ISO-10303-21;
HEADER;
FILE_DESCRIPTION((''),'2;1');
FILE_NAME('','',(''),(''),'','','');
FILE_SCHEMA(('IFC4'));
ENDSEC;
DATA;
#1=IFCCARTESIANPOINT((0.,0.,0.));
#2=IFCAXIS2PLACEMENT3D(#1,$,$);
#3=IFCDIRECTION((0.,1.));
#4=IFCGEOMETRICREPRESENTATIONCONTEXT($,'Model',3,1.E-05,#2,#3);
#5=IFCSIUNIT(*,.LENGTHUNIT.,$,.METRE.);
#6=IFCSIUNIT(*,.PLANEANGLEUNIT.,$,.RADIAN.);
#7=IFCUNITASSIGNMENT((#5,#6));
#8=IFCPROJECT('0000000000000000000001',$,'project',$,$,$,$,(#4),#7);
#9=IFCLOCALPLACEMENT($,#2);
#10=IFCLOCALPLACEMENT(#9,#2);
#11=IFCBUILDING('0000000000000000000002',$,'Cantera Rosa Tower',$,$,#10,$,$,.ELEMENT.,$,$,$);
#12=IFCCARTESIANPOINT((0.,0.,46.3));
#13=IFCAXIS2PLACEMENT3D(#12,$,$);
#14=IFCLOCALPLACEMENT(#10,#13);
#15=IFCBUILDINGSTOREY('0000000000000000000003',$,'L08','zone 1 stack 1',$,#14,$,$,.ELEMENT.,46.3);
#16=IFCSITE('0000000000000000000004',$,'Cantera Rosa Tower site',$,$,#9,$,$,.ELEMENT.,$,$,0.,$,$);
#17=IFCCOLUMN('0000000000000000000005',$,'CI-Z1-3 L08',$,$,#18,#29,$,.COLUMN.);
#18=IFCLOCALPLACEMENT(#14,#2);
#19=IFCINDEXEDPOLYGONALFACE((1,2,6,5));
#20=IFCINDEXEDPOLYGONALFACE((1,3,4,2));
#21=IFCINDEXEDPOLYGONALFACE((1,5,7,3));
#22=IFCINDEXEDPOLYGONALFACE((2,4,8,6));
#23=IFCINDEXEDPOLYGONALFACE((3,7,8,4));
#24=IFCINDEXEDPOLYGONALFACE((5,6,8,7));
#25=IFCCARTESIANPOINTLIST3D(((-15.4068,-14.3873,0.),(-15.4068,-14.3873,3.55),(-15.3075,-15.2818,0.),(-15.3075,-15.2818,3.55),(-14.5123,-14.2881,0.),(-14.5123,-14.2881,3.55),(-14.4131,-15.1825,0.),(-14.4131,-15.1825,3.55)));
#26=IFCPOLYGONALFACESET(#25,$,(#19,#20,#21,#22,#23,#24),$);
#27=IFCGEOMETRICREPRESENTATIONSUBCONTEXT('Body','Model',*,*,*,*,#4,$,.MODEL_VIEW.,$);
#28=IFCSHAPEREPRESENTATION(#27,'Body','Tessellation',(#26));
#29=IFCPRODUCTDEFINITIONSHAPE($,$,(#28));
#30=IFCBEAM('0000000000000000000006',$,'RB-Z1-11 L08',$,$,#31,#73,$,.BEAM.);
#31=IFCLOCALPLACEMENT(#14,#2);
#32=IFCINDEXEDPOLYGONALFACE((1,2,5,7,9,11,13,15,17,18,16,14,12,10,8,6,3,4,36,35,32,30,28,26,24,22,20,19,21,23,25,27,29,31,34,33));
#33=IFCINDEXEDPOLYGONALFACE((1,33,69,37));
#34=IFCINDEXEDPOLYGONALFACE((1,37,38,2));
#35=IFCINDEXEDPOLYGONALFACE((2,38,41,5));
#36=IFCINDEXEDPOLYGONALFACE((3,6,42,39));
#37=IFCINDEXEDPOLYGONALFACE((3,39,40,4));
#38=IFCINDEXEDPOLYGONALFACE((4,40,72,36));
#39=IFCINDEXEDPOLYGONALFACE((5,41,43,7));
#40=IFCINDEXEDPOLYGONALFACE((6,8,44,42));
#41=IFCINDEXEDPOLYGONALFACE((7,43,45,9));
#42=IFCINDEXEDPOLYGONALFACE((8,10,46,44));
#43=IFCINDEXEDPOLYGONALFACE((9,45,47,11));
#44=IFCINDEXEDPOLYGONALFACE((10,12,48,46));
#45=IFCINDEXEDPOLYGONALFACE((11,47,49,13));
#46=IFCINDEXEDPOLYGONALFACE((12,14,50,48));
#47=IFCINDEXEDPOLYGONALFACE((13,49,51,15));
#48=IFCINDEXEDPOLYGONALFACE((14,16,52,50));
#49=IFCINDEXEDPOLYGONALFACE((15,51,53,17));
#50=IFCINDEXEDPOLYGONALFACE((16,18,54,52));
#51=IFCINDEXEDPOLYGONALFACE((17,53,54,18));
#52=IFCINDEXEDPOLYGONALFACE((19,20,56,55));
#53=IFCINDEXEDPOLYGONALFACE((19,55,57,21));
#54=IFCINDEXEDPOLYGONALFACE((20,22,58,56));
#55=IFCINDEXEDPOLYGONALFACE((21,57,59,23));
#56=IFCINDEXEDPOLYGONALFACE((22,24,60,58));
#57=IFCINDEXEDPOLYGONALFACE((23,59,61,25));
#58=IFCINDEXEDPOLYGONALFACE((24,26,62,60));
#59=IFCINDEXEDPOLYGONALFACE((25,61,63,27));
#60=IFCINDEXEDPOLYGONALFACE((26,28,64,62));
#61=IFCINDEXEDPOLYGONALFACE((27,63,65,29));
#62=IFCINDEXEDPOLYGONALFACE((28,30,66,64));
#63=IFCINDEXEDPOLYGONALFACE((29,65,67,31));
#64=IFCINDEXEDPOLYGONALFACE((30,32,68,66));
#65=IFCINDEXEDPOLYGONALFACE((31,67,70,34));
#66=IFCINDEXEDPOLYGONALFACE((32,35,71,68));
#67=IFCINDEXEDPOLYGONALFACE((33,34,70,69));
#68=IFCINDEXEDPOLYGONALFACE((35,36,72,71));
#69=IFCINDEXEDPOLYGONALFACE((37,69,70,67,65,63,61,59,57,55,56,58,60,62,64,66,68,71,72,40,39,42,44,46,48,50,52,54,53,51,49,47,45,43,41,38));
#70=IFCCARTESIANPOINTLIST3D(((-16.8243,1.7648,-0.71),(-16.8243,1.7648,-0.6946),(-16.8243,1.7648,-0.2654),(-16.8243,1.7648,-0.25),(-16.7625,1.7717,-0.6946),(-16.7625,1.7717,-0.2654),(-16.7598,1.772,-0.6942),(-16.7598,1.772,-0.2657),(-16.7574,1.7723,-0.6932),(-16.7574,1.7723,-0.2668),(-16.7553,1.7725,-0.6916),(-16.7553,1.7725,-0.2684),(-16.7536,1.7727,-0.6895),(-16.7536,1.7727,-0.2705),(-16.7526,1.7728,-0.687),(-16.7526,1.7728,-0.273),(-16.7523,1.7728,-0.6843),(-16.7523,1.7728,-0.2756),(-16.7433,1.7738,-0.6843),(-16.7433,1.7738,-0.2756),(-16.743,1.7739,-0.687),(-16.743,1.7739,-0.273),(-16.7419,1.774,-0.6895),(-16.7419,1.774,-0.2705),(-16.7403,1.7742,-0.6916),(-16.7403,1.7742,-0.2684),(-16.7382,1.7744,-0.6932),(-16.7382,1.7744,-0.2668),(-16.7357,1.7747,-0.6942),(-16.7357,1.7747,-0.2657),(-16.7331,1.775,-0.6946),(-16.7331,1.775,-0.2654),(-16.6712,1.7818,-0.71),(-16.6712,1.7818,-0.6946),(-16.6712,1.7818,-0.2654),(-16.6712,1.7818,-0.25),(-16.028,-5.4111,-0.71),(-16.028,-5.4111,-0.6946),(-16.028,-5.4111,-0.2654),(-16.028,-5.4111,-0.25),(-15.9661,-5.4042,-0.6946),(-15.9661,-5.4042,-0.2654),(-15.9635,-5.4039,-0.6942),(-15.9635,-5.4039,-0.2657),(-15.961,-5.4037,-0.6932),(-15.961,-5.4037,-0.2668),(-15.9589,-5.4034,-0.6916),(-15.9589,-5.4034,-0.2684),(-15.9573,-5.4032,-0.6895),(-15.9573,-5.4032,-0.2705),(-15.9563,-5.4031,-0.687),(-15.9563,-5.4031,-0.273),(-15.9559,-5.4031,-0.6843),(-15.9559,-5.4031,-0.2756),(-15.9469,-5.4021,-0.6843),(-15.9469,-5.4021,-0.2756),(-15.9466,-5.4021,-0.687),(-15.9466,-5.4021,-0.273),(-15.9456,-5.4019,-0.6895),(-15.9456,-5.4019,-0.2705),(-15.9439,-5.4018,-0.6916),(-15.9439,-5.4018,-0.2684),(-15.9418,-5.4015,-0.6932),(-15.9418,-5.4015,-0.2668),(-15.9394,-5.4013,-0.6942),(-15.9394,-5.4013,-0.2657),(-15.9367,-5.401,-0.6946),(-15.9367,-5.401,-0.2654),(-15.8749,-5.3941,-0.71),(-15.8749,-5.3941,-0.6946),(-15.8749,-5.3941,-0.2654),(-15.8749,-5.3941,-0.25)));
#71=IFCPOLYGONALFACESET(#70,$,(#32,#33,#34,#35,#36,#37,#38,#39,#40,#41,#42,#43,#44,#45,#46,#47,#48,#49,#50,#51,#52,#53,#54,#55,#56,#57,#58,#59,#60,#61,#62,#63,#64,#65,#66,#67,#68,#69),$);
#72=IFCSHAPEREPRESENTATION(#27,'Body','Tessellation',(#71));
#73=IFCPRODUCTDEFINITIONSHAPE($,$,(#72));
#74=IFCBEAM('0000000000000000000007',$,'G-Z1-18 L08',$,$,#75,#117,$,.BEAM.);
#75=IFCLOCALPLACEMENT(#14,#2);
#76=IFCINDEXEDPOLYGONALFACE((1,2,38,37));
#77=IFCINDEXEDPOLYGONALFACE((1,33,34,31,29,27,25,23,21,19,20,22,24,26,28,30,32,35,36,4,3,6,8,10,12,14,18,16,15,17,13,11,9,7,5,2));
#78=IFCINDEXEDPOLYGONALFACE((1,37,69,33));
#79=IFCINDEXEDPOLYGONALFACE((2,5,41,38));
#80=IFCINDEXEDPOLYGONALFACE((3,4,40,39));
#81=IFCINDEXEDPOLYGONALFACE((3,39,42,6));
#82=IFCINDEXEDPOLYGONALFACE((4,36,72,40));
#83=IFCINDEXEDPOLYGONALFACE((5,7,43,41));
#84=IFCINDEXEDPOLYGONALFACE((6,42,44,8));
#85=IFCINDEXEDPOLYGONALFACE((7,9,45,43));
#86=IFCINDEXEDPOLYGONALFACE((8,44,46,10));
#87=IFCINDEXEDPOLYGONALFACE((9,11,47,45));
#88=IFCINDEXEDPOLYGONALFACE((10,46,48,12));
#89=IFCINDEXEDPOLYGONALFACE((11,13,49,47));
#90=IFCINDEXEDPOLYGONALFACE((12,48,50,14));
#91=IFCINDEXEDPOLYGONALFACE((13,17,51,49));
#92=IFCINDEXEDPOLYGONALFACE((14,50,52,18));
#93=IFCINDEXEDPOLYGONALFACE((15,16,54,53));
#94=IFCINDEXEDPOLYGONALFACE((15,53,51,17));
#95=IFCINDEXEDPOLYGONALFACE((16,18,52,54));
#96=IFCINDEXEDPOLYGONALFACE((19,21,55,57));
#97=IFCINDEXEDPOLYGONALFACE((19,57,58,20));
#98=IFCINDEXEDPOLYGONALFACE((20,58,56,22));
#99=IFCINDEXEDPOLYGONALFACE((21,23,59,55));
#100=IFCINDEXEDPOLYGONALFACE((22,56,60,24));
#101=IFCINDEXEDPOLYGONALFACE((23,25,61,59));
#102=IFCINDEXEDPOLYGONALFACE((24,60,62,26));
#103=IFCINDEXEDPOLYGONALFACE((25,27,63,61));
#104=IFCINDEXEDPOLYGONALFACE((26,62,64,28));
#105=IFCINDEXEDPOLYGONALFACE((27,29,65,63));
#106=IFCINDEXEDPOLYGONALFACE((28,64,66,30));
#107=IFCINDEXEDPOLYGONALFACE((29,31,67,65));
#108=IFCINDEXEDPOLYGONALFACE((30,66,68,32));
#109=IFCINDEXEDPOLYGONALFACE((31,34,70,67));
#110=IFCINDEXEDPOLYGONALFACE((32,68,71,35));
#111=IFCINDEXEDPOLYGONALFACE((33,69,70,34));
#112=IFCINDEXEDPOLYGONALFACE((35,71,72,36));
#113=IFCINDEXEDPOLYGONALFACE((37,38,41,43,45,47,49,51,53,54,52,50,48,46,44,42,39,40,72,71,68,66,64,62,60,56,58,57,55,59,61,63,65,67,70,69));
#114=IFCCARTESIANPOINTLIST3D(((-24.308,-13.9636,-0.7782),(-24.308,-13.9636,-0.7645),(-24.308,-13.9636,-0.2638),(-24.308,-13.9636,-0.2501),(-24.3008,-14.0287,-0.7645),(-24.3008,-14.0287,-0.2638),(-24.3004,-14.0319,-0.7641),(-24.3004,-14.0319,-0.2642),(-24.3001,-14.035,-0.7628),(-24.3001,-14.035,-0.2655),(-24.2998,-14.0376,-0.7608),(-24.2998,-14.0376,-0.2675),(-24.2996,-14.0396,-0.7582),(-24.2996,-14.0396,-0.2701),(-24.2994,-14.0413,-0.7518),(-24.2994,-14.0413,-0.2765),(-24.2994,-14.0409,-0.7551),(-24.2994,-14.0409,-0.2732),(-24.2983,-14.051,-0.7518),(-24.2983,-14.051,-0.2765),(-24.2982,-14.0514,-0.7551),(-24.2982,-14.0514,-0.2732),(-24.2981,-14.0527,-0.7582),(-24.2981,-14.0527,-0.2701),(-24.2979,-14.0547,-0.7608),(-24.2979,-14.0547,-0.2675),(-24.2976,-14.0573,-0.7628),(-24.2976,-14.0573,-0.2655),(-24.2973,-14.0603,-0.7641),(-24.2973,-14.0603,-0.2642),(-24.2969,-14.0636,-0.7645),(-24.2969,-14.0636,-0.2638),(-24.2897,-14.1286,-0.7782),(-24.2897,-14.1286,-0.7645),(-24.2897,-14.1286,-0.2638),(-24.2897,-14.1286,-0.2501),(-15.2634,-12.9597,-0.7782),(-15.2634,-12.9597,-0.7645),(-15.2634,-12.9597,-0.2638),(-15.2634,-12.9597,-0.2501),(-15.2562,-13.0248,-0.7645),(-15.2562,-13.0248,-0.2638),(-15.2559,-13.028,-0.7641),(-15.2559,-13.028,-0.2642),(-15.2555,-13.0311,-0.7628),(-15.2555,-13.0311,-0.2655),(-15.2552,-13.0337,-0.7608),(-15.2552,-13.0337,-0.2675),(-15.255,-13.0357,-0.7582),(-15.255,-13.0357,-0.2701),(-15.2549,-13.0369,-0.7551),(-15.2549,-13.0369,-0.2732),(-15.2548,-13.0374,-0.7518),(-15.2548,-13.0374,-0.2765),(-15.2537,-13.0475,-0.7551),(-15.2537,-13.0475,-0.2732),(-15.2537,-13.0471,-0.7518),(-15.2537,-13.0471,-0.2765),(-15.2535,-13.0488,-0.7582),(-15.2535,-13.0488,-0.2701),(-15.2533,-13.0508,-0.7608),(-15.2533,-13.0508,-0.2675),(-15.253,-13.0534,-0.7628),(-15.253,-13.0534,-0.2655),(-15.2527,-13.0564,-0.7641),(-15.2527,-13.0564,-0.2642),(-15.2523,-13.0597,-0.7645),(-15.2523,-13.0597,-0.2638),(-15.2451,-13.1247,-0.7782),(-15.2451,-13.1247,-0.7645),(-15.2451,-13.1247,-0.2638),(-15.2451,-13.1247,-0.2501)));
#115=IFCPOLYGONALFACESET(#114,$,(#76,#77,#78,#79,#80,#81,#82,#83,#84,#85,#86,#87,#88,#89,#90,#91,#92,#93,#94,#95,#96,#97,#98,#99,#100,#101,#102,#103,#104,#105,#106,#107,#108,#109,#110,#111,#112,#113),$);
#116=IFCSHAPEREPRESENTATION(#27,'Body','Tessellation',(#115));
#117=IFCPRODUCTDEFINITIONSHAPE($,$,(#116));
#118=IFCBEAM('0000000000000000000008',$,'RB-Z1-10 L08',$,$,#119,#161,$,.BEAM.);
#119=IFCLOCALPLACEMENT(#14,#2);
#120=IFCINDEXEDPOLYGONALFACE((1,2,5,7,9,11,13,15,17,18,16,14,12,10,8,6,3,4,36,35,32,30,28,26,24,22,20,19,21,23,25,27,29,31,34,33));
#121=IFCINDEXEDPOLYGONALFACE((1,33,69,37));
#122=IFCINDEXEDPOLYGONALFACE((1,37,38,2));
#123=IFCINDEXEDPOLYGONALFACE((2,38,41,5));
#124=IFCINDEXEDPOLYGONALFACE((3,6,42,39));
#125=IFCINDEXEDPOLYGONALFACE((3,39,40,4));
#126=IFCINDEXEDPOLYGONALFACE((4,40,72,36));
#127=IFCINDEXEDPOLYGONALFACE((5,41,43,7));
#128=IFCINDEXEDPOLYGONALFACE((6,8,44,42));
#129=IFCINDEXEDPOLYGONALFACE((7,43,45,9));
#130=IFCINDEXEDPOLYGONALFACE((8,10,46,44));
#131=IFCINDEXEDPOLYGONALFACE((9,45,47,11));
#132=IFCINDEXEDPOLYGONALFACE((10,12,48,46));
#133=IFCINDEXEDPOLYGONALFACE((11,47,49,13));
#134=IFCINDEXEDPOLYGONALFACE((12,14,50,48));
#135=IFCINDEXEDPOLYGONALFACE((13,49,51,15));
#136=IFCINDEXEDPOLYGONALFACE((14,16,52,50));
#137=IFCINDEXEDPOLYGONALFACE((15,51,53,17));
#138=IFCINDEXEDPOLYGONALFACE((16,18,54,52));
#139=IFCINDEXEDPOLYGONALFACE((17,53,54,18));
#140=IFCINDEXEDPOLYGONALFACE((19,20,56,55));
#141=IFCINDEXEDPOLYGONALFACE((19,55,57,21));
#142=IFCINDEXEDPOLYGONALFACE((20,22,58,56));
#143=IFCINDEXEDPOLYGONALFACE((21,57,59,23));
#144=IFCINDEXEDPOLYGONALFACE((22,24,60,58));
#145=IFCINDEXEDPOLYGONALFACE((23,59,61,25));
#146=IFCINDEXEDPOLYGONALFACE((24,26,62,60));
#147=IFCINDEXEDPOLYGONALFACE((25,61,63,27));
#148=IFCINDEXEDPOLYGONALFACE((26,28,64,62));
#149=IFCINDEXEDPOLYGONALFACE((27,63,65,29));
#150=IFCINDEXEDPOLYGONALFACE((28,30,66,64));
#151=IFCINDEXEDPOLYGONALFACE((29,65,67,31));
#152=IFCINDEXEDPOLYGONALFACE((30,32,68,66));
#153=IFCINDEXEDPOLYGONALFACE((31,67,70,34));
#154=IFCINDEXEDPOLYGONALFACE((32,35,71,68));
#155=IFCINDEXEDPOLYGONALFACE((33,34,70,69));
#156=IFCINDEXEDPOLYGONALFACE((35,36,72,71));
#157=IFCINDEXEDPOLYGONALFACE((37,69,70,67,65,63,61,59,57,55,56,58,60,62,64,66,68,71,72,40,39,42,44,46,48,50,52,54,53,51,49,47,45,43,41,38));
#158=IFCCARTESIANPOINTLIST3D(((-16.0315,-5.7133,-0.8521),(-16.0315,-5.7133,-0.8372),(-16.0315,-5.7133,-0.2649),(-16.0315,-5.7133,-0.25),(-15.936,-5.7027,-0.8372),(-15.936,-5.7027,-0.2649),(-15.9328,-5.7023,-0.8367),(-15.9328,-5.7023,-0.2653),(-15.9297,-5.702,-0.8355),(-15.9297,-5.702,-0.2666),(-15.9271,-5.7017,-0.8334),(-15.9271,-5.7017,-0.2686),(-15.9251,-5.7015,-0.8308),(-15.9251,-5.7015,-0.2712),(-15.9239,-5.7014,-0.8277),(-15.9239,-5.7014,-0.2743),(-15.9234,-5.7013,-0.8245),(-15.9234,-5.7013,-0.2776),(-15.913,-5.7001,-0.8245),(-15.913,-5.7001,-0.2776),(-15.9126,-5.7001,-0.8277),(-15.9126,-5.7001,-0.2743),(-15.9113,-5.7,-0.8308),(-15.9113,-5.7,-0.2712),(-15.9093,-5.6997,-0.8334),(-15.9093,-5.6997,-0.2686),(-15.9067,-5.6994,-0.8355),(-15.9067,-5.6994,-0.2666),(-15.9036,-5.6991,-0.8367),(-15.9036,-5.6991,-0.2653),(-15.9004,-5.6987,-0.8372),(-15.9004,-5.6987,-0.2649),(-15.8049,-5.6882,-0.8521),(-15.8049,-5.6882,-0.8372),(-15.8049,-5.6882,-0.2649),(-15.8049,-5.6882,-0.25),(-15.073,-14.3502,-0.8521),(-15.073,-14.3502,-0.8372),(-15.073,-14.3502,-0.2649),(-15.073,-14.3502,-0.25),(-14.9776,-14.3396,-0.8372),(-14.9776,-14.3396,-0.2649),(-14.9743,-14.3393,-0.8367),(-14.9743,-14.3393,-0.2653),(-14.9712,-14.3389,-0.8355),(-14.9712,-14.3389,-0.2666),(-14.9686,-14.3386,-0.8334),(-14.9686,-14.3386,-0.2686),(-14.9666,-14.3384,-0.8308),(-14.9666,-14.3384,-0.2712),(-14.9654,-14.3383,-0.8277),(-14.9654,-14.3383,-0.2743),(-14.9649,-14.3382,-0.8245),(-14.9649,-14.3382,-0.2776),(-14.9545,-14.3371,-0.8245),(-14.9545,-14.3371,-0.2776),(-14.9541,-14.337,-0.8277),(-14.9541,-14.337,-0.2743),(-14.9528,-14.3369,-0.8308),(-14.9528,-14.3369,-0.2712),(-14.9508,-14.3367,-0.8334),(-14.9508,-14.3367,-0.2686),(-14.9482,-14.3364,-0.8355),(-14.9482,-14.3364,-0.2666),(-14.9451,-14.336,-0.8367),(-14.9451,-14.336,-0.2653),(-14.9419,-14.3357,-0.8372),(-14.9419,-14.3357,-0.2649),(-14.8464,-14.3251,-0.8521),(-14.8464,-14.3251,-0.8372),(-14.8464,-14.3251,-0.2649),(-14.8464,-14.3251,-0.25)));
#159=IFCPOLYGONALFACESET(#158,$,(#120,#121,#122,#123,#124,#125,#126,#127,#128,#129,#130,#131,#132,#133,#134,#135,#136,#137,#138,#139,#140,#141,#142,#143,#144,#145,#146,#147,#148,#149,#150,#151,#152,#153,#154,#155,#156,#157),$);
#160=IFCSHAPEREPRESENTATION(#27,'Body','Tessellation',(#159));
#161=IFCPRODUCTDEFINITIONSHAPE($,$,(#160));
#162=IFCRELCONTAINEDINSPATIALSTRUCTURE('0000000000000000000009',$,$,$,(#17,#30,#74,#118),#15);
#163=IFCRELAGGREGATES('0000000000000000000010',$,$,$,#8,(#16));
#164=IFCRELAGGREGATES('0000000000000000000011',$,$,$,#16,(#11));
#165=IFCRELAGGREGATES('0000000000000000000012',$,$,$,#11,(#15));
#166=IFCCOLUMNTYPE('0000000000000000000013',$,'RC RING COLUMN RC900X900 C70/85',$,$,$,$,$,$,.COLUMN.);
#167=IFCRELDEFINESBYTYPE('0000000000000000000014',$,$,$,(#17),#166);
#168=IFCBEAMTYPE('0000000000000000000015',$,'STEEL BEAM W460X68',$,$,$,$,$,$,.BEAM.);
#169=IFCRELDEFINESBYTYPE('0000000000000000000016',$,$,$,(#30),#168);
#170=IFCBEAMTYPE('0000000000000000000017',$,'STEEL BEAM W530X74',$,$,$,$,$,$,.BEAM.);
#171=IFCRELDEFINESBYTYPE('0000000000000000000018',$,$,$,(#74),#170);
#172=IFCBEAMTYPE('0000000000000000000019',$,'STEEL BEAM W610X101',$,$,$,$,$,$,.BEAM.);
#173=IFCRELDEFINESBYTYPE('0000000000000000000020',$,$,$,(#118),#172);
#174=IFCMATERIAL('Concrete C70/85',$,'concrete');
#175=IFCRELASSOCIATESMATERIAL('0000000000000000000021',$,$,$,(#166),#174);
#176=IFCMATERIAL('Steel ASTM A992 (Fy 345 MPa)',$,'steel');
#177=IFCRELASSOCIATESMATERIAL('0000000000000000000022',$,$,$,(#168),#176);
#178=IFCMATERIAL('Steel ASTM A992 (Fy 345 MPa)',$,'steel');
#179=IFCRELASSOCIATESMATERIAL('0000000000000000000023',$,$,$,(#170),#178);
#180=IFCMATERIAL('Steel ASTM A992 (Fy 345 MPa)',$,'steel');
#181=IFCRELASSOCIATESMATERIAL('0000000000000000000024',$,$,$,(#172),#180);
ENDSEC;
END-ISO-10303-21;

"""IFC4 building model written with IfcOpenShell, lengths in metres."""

from ifc_helpers import new_model, si_unit, direction, frame, origin, origin_2d, place, context, subcontext, project, spatial, rectangle, i_section, extrude, material, material_profile, profile_set, type_object, element, save


model = new_model("IFC4")

# Units and contexts
model_context = context("Model", 3, precision=1e-05, world=origin(), true_north=direction((0.0, 1.0)))
body_context = subcontext(model_context, "Body", "Model", "MODEL_VIEW")
ifc_project = project(units=[si_unit("LENGTHUNIT", "METRE"), si_unit("PLANEANGLEUNIT", "RADIAN")], contexts=[model_context])

# Site, building, storey
site_placement = place(None, origin())
site = spatial("IfcSite", under=ifc_project, at=site_placement, Name="Cantera Rosa Tower site", CompositionType="ELEMENT", RefElevation=0.0)
building_placement = place(site_placement, origin())
building = spatial("IfcBuilding", under=site, at=building_placement, Name="Cantera Rosa Tower", CompositionType="ELEMENT")
storey_placement = place(building_placement, frame((0.0, 0.0, 46.3)))
storey = spatial("IfcBuildingStorey", under=building, at=storey_placement, Name="L08", Description="zone 1 stack 1", CompositionType="ELEMENT", Elevation=46.3)

# Column
ifc_material_1 = material(Name="Concrete C70/85", Category="concrete")
ifc_material_profile_1 = material_profile(ifc_material_1, rectangle(XDim=0.8999, YDim=0.8999, at=origin_2d()), Name="RC RING COLUMN RC900X900 C70/85")
ifc_profile_set_1 = profile_set([ifc_material_profile_1], Name="Concrete C70/85")
column_type = type_object("IfcColumnType", Name="RC RING COLUMN RC900X900 C70/85", PredefinedType="COLUMN", material=ifc_profile_set_1)
column_placement = place(storey_placement, frame((-14.9099, -14.7849, 0.0), z_axis=(0.0, 0.0, 1.0), x_axis=(0.993897, 0.110313, 0.0)))
element("IfcColumn", 1, at=column_placement, inside=storey, type_object=column_type, Name="CI-Z1-3 L08", PredefinedType="COLUMN", context=body_context, shape_type="SweptSolid", body=[
    extrude(rectangle(XDim=0.8999, YDim=0.8999, at=origin_2d()), origin(), (0.0, 0.0, 1.0), 3.55),
])

# Beams
ifc_material_2 = material(Name="Steel ASTM A992 (Fy 345 MPa)", Category="steel")
ifc_material_profile_2 = material_profile(ifc_material_2, i_section(OverallWidth=0.1541, OverallDepth=0.46, WebThickness=0.009, FlangeThickness=0.0154, FilletRadius=0.0103, at=origin_2d()), Name="W460X68")
ifc_profile_set_2 = profile_set([ifc_material_profile_2], Name="Steel ASTM A992 (Fy 345 MPa)")
beam_type_1 = type_object("IfcBeamType", Name="STEEL BEAM W460X68", PredefinedType="BEAM", material=ifc_profile_set_2)
beam_1_placement = place(storey_placement, frame((-15.9514, -5.4026, -0.48), z_axis=(-0.110302, 0.993898, 0.0), x_axis=(-0.993898, -0.110302, 0.0)))
element("IfcBeam", 2, at=beam_1_placement, inside=storey, type_object=beam_type_1, Name="RB-Z1-11 L08", PredefinedType="BEAM", context=body_context, shape_type="SweptSolid", body=[
    extrude(i_section(OverallWidth=0.1541, OverallDepth=0.46, WebThickness=0.009, FlangeThickness=0.0154, FilletRadius=0.0103, at=origin_2d()), origin(), (0.0, 0.0, 1.0), 7.22),
])
ifc_material_3 = material(Name="Steel ASTM A992 (Fy 345 MPa)", Category="steel")
ifc_material_profile_3 = material_profile(ifc_material_3, i_section(OverallWidth=0.166, OverallDepth=0.5281, WebThickness=0.0098, FlangeThickness=0.0137, FilletRadius=0.0127, at=origin_2d()), Name="W530X74")
ifc_profile_set_3 = profile_set([ifc_material_profile_3], Name="Steel ASTM A992 (Fy 345 MPa)")
beam_type_2 = type_object("IfcBeamType", Name="STEEL BEAM W530X74", PredefinedType="BEAM", material=ifc_profile_set_3)
beam_2_placement = place(storey_placement, frame((-24.2988, -14.0461, -0.5142), z_axis=(0.993896, 0.11032, 0.0), x_axis=(-0.11032, 0.993896, 0.0)))
element("IfcBeam", 3, at=beam_2_placement, inside=storey, type_object=beam_type_2, Name="G-Z1-18 L08", PredefinedType="BEAM", context=body_context, shape_type="SweptSolid", body=[
    extrude(i_section(OverallWidth=0.166, OverallDepth=0.5281, WebThickness=0.0098, FlangeThickness=0.0137, FilletRadius=0.0127, at=origin_2d()), origin(), (0.0, 0.0, 1.0), 9.1001),
])
ifc_material_4 = material(Name="Steel ASTM A992 (Fy 345 MPa)", Category="steel")
ifc_material_profile_4 = material_profile(ifc_material_4, i_section(OverallWidth=0.228, OverallDepth=0.6021, WebThickness=0.0105, FlangeThickness=0.0149, FilletRadius=0.0127, at=origin_2d()), Name="W610X101")
ifc_profile_set_4 = profile_set([ifc_material_profile_4], Name="Steel ASTM A992 (Fy 345 MPa)")
beam_type_3 = type_object("IfcBeamType", Name="STEEL BEAM W610X101", PredefinedType="BEAM", material=ifc_profile_set_4)
beam_3_placement = place(storey_placement, frame((-14.9597, -14.3376, -0.551), z_axis=(-0.110299, 0.993898, 0.0), x_axis=(-0.993898, -0.110299, 0.0)))
element("IfcBeam", 4, at=beam_3_placement, inside=storey, type_object=beam_type_3, Name="RB-Z1-10 L08", PredefinedType="BEAM", context=body_context, shape_type="SweptSolid", body=[
    extrude(i_section(OverallWidth=0.228, OverallDepth=0.6021, WebThickness=0.0105, FlangeThickness=0.0149, FilletRadius=0.0127, at=origin_2d()), origin(), (0.0, 0.0, 1.0), 8.6899),
])

save(model, "model.ifc")
